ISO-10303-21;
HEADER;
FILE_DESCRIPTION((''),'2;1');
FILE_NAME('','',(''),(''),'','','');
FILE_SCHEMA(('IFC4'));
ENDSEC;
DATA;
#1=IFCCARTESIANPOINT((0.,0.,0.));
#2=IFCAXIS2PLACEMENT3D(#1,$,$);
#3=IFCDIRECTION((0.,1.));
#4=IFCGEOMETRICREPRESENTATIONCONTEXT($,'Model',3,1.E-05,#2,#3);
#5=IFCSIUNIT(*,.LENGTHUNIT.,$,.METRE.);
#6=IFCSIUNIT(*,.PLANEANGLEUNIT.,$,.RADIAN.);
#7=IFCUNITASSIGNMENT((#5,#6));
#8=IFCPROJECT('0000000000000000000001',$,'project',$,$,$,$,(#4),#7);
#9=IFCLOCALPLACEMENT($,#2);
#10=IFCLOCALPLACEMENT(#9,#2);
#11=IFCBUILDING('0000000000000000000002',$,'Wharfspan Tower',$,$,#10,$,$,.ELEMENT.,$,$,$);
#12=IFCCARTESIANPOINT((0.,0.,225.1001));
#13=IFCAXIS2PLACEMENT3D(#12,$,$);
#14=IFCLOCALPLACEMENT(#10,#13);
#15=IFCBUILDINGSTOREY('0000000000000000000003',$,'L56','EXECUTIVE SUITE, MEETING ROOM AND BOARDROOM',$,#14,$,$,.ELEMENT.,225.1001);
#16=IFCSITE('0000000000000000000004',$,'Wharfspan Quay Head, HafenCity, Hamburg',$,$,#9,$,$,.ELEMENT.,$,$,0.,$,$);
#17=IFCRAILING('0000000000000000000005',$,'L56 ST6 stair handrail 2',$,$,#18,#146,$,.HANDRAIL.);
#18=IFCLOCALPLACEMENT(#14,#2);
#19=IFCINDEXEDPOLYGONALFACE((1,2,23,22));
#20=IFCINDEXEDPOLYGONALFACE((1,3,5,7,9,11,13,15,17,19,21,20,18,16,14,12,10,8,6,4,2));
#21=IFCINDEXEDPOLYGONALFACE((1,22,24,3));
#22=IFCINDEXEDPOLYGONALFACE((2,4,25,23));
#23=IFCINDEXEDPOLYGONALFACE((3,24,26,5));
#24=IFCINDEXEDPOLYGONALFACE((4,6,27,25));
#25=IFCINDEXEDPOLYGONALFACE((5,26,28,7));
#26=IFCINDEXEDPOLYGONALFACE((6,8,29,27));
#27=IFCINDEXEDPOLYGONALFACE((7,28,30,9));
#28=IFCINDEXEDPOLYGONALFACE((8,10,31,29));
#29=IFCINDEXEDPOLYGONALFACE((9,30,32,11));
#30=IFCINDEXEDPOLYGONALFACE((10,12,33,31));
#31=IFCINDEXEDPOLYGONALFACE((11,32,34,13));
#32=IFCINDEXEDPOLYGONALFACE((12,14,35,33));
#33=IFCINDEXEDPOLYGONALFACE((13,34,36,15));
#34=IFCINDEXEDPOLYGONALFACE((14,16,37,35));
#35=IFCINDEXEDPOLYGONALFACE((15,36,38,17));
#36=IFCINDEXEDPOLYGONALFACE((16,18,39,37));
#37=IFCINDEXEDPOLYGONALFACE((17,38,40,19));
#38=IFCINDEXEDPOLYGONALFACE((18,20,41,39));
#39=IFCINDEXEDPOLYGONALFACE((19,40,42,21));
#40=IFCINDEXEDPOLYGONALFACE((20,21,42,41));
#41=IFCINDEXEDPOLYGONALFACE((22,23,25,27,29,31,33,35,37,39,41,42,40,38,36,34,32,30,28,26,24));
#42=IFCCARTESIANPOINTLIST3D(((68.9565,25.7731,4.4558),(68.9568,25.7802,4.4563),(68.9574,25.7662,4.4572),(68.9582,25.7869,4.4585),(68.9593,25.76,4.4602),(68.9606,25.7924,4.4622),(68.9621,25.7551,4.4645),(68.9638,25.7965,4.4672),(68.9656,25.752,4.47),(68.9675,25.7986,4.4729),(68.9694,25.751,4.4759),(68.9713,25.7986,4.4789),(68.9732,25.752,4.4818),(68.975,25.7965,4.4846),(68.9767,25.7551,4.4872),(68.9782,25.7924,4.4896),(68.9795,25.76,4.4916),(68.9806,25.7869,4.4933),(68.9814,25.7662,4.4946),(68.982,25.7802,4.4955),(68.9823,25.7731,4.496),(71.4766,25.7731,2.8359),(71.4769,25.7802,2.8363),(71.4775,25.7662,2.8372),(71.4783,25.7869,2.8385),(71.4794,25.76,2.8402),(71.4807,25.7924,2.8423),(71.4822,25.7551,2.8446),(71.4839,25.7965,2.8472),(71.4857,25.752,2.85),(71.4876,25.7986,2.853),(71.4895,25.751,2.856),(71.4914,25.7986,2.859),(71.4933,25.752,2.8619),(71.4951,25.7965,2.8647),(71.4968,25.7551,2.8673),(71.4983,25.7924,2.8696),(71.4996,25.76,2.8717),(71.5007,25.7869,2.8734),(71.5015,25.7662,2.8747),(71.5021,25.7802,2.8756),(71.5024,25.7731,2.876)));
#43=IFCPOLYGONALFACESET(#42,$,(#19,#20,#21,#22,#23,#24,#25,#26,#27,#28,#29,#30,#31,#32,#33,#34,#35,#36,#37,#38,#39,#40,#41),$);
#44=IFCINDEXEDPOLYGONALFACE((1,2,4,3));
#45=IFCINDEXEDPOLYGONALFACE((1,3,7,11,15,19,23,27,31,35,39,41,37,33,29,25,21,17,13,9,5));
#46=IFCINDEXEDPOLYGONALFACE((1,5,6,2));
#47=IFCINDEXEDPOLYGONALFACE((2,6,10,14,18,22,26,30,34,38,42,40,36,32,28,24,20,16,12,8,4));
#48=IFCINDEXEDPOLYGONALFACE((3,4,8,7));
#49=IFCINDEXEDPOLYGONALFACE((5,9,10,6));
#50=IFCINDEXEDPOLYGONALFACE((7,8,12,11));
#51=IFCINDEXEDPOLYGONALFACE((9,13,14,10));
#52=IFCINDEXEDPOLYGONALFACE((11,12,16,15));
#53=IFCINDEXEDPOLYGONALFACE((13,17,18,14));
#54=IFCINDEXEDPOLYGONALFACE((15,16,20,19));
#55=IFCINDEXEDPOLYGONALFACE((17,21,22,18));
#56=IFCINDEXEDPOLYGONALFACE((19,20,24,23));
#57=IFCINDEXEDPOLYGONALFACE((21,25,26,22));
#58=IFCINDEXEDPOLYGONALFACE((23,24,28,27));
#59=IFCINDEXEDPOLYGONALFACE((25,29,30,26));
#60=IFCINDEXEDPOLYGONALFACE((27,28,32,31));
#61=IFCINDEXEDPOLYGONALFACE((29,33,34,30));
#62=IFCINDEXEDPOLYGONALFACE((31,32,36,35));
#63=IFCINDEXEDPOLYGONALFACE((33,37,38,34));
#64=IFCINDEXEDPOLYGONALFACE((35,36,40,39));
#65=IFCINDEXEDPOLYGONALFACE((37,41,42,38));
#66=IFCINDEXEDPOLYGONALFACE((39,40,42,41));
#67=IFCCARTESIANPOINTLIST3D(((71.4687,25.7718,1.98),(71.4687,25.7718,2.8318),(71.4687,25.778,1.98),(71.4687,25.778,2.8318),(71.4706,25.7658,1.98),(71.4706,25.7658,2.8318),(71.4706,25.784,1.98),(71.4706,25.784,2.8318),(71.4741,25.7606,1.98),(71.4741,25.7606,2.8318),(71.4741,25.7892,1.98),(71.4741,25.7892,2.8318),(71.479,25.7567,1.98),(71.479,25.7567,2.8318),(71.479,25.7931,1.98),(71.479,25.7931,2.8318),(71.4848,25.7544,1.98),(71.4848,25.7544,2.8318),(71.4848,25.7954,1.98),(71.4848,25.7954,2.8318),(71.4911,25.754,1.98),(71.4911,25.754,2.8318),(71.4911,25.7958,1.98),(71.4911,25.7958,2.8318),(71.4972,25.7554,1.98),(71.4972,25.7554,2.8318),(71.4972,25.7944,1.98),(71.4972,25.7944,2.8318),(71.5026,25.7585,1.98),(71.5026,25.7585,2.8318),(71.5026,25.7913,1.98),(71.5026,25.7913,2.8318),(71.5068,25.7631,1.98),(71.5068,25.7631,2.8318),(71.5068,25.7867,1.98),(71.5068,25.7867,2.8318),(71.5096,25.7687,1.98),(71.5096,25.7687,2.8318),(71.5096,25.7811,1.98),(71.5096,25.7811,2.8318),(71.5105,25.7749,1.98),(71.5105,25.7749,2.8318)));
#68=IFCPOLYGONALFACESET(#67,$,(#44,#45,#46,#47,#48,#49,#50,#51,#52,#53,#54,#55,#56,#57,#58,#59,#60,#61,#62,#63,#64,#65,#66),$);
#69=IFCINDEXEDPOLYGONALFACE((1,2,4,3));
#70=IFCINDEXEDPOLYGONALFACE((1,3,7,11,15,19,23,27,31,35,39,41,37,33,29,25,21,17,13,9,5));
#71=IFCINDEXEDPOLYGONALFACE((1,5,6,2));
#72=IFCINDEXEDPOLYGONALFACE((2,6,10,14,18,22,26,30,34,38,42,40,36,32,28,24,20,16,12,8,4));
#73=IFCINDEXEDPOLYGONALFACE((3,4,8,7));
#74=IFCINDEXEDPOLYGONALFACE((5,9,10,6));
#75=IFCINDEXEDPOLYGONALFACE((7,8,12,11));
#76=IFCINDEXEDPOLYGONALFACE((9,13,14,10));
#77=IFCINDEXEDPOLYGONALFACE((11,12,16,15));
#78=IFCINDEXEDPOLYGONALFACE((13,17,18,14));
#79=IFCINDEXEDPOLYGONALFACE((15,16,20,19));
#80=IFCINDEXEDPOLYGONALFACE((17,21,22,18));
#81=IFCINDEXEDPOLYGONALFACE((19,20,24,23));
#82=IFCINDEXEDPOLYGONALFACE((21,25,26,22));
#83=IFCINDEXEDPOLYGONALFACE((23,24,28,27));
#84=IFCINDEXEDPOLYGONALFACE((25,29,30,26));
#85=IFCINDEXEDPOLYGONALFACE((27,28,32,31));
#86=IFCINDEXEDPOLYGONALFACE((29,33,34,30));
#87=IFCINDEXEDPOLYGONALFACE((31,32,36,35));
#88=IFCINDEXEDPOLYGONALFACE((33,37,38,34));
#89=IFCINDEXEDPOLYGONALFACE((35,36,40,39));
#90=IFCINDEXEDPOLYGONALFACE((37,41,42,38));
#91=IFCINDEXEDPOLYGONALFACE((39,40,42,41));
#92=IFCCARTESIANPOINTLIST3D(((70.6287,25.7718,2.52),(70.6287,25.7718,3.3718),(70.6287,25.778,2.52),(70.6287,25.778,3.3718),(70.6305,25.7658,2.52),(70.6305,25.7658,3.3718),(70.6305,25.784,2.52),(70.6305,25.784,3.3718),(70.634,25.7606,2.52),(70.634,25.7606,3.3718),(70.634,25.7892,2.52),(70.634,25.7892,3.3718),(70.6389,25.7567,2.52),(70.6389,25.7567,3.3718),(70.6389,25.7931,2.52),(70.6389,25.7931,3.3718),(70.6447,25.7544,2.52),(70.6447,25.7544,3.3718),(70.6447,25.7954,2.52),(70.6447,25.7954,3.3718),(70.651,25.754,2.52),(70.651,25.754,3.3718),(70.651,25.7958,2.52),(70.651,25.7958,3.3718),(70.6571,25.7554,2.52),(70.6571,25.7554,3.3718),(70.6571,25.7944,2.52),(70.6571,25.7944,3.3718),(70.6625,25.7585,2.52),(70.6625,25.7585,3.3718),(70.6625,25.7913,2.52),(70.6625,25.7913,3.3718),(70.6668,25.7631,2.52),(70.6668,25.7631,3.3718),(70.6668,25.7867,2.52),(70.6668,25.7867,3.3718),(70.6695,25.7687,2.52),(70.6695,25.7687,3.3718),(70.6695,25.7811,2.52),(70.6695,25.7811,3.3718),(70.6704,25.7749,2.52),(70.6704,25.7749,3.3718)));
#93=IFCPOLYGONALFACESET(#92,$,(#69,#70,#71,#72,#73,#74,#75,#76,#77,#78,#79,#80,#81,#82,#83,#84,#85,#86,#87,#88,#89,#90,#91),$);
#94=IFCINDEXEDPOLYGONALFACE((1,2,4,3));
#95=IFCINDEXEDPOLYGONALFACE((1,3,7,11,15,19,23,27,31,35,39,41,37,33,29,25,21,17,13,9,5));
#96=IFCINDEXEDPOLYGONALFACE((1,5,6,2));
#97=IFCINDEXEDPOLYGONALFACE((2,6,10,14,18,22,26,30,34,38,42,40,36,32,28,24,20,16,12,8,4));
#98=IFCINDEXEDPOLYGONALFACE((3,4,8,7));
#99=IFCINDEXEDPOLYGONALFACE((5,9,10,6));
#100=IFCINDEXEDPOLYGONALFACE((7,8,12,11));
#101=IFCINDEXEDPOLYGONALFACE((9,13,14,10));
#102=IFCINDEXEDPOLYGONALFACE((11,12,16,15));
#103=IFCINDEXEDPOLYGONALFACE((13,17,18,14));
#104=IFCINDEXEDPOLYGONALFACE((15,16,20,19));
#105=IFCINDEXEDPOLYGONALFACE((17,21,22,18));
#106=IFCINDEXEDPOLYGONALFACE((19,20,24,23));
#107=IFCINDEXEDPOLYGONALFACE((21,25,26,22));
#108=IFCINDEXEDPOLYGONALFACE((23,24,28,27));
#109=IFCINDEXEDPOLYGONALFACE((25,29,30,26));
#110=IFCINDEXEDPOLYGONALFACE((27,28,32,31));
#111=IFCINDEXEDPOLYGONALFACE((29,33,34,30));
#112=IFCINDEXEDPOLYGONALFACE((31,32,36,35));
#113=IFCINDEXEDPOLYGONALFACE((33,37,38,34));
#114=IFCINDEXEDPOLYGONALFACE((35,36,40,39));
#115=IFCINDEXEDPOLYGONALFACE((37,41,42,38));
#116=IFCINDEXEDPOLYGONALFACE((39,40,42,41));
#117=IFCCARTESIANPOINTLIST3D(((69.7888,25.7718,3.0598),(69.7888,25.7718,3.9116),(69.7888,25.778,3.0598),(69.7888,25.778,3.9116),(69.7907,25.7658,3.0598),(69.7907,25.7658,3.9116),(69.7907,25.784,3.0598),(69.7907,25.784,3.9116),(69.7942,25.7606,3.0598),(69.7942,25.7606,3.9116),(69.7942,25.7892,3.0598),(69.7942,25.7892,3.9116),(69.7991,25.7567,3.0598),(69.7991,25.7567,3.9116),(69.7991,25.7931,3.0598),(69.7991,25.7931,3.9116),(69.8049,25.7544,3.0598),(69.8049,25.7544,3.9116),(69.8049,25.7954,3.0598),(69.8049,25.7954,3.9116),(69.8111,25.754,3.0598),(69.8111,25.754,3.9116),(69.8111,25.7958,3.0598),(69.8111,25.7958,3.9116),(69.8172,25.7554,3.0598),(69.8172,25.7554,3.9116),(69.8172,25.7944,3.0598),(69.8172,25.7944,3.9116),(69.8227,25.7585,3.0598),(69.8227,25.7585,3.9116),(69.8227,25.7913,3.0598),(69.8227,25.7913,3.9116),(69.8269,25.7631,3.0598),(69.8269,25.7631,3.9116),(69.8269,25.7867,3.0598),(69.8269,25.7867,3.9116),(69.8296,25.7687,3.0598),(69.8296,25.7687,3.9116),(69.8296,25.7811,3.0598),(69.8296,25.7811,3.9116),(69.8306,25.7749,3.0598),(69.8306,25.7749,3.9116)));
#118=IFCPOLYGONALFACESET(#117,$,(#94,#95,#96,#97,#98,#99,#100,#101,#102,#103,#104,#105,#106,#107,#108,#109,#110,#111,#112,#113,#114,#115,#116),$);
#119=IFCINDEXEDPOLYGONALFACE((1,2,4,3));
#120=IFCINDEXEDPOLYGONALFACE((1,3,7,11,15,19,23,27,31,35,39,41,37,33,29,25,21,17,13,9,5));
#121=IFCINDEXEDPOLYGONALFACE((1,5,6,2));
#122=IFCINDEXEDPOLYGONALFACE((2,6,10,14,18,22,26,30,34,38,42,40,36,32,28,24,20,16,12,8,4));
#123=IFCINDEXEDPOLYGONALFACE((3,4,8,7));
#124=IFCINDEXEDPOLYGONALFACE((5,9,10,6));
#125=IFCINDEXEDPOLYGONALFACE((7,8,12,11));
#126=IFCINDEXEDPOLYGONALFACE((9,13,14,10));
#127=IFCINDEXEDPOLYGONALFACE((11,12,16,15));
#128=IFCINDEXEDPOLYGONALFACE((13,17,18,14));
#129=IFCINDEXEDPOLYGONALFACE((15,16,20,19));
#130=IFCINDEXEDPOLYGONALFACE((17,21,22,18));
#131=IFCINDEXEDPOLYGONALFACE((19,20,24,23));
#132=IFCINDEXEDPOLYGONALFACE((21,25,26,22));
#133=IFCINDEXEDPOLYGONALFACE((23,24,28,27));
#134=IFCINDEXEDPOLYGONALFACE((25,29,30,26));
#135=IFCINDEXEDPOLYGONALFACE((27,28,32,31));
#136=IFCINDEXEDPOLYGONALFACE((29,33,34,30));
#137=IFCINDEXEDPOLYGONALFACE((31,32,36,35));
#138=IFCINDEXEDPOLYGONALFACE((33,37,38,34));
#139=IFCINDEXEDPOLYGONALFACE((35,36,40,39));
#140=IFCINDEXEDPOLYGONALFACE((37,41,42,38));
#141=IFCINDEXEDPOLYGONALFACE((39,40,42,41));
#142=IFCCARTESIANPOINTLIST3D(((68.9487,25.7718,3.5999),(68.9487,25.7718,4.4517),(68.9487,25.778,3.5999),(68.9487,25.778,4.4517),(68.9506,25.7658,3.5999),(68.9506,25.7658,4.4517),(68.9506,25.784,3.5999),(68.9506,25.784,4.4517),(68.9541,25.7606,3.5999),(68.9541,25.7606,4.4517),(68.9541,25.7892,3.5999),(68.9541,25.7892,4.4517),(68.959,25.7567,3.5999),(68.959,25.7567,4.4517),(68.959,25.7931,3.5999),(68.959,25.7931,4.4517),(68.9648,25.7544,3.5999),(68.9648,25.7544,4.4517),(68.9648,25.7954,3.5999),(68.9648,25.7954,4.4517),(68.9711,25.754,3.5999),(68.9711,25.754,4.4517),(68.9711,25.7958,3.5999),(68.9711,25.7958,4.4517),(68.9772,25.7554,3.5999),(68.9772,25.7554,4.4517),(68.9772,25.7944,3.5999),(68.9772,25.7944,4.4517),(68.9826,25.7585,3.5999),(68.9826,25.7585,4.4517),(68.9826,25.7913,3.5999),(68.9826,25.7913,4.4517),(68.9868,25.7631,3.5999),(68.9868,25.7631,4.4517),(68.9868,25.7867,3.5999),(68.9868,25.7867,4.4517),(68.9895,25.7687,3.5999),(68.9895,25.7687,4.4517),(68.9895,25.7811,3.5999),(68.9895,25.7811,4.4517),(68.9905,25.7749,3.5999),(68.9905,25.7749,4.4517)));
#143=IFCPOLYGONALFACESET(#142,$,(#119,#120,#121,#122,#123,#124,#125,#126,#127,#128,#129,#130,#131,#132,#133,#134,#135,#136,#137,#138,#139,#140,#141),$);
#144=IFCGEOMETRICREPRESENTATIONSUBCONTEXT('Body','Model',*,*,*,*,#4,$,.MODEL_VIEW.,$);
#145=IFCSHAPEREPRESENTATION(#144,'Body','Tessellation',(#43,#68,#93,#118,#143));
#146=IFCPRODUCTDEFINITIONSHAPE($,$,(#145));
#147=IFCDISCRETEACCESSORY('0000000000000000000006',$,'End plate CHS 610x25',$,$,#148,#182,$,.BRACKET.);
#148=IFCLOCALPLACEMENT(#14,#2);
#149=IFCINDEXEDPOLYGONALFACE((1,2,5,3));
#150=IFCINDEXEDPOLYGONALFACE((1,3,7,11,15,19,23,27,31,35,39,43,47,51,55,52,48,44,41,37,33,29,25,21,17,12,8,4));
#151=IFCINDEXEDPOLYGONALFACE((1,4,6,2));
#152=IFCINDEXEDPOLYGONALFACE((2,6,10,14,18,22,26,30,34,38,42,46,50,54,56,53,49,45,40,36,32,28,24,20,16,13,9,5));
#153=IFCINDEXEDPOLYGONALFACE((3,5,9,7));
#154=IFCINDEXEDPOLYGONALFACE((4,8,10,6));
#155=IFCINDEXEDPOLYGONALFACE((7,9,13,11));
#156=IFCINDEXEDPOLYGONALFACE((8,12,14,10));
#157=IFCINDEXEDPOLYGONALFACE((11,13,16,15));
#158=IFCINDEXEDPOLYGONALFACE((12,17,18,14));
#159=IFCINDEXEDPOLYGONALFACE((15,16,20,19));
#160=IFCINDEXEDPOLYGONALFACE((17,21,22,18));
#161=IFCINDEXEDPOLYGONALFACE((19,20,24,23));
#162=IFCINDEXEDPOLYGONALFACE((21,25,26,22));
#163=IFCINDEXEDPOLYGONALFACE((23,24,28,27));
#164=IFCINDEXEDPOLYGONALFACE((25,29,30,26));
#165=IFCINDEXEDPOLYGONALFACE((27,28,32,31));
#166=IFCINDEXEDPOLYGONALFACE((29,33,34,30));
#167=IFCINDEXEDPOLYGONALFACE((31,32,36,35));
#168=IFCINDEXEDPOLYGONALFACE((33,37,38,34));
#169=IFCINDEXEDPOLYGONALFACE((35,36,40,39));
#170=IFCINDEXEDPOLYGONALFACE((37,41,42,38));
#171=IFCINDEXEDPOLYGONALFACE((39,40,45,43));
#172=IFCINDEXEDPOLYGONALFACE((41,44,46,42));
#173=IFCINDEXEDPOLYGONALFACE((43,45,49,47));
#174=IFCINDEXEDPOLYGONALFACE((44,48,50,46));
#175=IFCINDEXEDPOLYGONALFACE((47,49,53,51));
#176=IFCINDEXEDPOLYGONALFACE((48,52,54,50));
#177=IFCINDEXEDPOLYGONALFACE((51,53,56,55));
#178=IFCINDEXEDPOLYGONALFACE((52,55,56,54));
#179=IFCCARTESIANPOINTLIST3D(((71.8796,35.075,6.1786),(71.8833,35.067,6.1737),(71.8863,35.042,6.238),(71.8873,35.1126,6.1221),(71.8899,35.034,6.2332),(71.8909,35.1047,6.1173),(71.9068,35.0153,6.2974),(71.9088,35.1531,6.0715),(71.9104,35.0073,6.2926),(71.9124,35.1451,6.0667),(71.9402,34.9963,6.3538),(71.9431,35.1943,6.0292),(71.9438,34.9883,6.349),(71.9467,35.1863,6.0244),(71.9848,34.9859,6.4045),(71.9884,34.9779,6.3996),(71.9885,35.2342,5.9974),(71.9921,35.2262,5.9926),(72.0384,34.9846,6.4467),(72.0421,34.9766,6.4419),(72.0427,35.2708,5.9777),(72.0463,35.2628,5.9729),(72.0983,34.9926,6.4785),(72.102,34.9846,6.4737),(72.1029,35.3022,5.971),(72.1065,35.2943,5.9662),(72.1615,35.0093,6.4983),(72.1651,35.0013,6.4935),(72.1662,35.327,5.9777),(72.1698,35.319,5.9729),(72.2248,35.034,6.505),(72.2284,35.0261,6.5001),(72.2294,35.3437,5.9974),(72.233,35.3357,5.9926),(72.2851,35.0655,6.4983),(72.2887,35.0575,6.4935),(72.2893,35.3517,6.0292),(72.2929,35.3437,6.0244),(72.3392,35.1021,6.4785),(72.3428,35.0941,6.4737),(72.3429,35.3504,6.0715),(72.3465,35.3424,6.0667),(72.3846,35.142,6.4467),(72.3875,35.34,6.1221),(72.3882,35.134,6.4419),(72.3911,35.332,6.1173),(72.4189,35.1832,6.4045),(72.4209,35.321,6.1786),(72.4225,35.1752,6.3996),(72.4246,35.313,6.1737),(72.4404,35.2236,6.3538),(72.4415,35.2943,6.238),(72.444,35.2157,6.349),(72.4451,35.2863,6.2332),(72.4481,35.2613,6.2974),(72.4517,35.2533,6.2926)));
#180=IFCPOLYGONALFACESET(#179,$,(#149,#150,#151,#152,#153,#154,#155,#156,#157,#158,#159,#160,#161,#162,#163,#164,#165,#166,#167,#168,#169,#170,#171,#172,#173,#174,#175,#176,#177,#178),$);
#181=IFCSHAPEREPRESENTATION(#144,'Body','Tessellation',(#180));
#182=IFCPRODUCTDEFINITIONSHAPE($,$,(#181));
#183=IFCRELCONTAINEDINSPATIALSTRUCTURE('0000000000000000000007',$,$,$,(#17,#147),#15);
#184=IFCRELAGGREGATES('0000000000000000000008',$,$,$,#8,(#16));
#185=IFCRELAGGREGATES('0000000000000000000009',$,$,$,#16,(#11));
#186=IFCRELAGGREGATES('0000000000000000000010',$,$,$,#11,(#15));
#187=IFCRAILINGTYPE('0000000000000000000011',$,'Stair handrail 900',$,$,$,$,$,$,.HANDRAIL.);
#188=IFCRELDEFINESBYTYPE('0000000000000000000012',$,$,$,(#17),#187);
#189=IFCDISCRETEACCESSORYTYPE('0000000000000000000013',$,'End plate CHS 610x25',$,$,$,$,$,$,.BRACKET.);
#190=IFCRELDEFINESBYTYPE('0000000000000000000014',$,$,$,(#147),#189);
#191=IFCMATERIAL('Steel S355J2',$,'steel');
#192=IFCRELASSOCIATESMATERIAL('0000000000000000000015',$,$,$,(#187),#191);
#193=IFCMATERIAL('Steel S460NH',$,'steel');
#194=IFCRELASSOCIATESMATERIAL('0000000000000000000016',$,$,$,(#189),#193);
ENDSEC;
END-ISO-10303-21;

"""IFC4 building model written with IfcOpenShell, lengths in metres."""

from ifc_helpers import new_model, si_unit, direction, frame, origin, origin_2d, place, context, subcontext, project, spatial, circle, extrude, material, material_profile, profile_set, type_object, element, save


model = new_model("IFC4")

# Units and contexts
model_context = context("Model", 3, precision=1e-05, world=origin(), true_north=direction((0.0, 1.0)))
body_context = subcontext(model_context, "Body", "Model", "MODEL_VIEW")
ifc_project = project(units=[si_unit("LENGTHUNIT", "METRE"), si_unit("PLANEANGLEUNIT", "RADIAN")], contexts=[model_context])

# Site, building, storey
site_placement = place(None, origin())
site = spatial("IfcSite", under=ifc_project, at=site_placement, Name="Wharfspan Quay Head, HafenCity, Hamburg", CompositionType="ELEMENT", RefElevation=0.0)
building_placement = place(site_placement, origin())
building = spatial("IfcBuilding", under=site, at=building_placement, Name="Wharfspan Tower", CompositionType="ELEMENT")
storey_placement = place(building_placement, frame((0.0, 0.0, 225.1001)))
storey = spatial("IfcBuildingStorey", under=building, at=storey_placement, Name="L56", Description="EXECUTIVE SUITE, MEETING ROOM AND BOARDROOM", CompositionType="ELEMENT", Elevation=225.1001)

# Shared definitions
ifc_material_1 = material(Name="Steel S355J2", Category="steel")

# Shared definitions
ifc_material_2 = material(Name="Steel S460NH", Category="steel")

# Railing
railing_type = type_object("IfcRailingType", Name="Stair handrail 900", PredefinedType="HANDRAIL", material=ifc_material_1)
railing_placement = place(storey_placement, frame((71.4895, 25.7749, 1.98)))
element("IfcRailing", 1, at=railing_placement, inside=storey, type_object=railing_type, Name="L56 ST6 stair handrail 2", PredefinedType="HANDRAIL", context=body_context, shape_type="SweptSolid", body=[
    extrude(circle(Radius=0.0239, at=origin_2d()), frame((0.0, 0.0, 0.876), z_axis=(-0.8412, 0.0, 0.540725), x_axis=(0.0, -1.0, 0.0)), (0.0, 0.0, 1.0), 2.9958),
    extrude(circle(Radius=0.021, at=origin_2d()), origin(), (0.0, 0.0, 1.0), 0.8518),
    extrude(circle(Radius=0.021, at=origin_2d()), frame((-0.8401, 0.0, 0.54)), (0.0, 0.0, 1.0), 0.8518),
    extrude(circle(Radius=0.021, at=origin_2d()), frame((-1.6799, 0.0, 1.0798)), (0.0, 0.0, 1.0), 0.8518),
    extrude(circle(Radius=0.021, at=origin_2d()), frame((-2.52, 0.0, 1.6199)), (0.0, 0.0, 1.0), 0.8518),
])

# Discrete accessory
ifc_material_profile_1 = material_profile(ifc_material_2, circle(Radius=0.3049, at=origin_2d()))
ifc_profile_set_1 = profile_set([ifc_material_profile_1], Name="Steel S460NH")
discrete_accessory_type = type_object("IfcDiscreteAccessoryType", Name="End plate CHS 610x25", PredefinedType="BRACKET", material=ifc_profile_set_1)
for number, where, z_axis, x_axis, name in (
    (2, (72.1675, 35.1602, 6.2332), (-0.362315, 0.797092, 0.483086), (-0.910369, -0.413804, -0.000001), "End plate CHS 610x25"),
):
    element("IfcDiscreteAccessory", number, at=place(storey_placement, frame(where, z_axis=z_axis, x_axis=x_axis)), inside=storey, type_object=discrete_accessory_type, Name=name, PredefinedType="BRACKET", context=body_context, shape_type="SweptSolid", body=[
        extrude(circle(Radius=0.3049, at=origin_2d()), origin(), (0.0, 0.0, 1.0), 0.01),
    ])

save(model, "model.ifc")
